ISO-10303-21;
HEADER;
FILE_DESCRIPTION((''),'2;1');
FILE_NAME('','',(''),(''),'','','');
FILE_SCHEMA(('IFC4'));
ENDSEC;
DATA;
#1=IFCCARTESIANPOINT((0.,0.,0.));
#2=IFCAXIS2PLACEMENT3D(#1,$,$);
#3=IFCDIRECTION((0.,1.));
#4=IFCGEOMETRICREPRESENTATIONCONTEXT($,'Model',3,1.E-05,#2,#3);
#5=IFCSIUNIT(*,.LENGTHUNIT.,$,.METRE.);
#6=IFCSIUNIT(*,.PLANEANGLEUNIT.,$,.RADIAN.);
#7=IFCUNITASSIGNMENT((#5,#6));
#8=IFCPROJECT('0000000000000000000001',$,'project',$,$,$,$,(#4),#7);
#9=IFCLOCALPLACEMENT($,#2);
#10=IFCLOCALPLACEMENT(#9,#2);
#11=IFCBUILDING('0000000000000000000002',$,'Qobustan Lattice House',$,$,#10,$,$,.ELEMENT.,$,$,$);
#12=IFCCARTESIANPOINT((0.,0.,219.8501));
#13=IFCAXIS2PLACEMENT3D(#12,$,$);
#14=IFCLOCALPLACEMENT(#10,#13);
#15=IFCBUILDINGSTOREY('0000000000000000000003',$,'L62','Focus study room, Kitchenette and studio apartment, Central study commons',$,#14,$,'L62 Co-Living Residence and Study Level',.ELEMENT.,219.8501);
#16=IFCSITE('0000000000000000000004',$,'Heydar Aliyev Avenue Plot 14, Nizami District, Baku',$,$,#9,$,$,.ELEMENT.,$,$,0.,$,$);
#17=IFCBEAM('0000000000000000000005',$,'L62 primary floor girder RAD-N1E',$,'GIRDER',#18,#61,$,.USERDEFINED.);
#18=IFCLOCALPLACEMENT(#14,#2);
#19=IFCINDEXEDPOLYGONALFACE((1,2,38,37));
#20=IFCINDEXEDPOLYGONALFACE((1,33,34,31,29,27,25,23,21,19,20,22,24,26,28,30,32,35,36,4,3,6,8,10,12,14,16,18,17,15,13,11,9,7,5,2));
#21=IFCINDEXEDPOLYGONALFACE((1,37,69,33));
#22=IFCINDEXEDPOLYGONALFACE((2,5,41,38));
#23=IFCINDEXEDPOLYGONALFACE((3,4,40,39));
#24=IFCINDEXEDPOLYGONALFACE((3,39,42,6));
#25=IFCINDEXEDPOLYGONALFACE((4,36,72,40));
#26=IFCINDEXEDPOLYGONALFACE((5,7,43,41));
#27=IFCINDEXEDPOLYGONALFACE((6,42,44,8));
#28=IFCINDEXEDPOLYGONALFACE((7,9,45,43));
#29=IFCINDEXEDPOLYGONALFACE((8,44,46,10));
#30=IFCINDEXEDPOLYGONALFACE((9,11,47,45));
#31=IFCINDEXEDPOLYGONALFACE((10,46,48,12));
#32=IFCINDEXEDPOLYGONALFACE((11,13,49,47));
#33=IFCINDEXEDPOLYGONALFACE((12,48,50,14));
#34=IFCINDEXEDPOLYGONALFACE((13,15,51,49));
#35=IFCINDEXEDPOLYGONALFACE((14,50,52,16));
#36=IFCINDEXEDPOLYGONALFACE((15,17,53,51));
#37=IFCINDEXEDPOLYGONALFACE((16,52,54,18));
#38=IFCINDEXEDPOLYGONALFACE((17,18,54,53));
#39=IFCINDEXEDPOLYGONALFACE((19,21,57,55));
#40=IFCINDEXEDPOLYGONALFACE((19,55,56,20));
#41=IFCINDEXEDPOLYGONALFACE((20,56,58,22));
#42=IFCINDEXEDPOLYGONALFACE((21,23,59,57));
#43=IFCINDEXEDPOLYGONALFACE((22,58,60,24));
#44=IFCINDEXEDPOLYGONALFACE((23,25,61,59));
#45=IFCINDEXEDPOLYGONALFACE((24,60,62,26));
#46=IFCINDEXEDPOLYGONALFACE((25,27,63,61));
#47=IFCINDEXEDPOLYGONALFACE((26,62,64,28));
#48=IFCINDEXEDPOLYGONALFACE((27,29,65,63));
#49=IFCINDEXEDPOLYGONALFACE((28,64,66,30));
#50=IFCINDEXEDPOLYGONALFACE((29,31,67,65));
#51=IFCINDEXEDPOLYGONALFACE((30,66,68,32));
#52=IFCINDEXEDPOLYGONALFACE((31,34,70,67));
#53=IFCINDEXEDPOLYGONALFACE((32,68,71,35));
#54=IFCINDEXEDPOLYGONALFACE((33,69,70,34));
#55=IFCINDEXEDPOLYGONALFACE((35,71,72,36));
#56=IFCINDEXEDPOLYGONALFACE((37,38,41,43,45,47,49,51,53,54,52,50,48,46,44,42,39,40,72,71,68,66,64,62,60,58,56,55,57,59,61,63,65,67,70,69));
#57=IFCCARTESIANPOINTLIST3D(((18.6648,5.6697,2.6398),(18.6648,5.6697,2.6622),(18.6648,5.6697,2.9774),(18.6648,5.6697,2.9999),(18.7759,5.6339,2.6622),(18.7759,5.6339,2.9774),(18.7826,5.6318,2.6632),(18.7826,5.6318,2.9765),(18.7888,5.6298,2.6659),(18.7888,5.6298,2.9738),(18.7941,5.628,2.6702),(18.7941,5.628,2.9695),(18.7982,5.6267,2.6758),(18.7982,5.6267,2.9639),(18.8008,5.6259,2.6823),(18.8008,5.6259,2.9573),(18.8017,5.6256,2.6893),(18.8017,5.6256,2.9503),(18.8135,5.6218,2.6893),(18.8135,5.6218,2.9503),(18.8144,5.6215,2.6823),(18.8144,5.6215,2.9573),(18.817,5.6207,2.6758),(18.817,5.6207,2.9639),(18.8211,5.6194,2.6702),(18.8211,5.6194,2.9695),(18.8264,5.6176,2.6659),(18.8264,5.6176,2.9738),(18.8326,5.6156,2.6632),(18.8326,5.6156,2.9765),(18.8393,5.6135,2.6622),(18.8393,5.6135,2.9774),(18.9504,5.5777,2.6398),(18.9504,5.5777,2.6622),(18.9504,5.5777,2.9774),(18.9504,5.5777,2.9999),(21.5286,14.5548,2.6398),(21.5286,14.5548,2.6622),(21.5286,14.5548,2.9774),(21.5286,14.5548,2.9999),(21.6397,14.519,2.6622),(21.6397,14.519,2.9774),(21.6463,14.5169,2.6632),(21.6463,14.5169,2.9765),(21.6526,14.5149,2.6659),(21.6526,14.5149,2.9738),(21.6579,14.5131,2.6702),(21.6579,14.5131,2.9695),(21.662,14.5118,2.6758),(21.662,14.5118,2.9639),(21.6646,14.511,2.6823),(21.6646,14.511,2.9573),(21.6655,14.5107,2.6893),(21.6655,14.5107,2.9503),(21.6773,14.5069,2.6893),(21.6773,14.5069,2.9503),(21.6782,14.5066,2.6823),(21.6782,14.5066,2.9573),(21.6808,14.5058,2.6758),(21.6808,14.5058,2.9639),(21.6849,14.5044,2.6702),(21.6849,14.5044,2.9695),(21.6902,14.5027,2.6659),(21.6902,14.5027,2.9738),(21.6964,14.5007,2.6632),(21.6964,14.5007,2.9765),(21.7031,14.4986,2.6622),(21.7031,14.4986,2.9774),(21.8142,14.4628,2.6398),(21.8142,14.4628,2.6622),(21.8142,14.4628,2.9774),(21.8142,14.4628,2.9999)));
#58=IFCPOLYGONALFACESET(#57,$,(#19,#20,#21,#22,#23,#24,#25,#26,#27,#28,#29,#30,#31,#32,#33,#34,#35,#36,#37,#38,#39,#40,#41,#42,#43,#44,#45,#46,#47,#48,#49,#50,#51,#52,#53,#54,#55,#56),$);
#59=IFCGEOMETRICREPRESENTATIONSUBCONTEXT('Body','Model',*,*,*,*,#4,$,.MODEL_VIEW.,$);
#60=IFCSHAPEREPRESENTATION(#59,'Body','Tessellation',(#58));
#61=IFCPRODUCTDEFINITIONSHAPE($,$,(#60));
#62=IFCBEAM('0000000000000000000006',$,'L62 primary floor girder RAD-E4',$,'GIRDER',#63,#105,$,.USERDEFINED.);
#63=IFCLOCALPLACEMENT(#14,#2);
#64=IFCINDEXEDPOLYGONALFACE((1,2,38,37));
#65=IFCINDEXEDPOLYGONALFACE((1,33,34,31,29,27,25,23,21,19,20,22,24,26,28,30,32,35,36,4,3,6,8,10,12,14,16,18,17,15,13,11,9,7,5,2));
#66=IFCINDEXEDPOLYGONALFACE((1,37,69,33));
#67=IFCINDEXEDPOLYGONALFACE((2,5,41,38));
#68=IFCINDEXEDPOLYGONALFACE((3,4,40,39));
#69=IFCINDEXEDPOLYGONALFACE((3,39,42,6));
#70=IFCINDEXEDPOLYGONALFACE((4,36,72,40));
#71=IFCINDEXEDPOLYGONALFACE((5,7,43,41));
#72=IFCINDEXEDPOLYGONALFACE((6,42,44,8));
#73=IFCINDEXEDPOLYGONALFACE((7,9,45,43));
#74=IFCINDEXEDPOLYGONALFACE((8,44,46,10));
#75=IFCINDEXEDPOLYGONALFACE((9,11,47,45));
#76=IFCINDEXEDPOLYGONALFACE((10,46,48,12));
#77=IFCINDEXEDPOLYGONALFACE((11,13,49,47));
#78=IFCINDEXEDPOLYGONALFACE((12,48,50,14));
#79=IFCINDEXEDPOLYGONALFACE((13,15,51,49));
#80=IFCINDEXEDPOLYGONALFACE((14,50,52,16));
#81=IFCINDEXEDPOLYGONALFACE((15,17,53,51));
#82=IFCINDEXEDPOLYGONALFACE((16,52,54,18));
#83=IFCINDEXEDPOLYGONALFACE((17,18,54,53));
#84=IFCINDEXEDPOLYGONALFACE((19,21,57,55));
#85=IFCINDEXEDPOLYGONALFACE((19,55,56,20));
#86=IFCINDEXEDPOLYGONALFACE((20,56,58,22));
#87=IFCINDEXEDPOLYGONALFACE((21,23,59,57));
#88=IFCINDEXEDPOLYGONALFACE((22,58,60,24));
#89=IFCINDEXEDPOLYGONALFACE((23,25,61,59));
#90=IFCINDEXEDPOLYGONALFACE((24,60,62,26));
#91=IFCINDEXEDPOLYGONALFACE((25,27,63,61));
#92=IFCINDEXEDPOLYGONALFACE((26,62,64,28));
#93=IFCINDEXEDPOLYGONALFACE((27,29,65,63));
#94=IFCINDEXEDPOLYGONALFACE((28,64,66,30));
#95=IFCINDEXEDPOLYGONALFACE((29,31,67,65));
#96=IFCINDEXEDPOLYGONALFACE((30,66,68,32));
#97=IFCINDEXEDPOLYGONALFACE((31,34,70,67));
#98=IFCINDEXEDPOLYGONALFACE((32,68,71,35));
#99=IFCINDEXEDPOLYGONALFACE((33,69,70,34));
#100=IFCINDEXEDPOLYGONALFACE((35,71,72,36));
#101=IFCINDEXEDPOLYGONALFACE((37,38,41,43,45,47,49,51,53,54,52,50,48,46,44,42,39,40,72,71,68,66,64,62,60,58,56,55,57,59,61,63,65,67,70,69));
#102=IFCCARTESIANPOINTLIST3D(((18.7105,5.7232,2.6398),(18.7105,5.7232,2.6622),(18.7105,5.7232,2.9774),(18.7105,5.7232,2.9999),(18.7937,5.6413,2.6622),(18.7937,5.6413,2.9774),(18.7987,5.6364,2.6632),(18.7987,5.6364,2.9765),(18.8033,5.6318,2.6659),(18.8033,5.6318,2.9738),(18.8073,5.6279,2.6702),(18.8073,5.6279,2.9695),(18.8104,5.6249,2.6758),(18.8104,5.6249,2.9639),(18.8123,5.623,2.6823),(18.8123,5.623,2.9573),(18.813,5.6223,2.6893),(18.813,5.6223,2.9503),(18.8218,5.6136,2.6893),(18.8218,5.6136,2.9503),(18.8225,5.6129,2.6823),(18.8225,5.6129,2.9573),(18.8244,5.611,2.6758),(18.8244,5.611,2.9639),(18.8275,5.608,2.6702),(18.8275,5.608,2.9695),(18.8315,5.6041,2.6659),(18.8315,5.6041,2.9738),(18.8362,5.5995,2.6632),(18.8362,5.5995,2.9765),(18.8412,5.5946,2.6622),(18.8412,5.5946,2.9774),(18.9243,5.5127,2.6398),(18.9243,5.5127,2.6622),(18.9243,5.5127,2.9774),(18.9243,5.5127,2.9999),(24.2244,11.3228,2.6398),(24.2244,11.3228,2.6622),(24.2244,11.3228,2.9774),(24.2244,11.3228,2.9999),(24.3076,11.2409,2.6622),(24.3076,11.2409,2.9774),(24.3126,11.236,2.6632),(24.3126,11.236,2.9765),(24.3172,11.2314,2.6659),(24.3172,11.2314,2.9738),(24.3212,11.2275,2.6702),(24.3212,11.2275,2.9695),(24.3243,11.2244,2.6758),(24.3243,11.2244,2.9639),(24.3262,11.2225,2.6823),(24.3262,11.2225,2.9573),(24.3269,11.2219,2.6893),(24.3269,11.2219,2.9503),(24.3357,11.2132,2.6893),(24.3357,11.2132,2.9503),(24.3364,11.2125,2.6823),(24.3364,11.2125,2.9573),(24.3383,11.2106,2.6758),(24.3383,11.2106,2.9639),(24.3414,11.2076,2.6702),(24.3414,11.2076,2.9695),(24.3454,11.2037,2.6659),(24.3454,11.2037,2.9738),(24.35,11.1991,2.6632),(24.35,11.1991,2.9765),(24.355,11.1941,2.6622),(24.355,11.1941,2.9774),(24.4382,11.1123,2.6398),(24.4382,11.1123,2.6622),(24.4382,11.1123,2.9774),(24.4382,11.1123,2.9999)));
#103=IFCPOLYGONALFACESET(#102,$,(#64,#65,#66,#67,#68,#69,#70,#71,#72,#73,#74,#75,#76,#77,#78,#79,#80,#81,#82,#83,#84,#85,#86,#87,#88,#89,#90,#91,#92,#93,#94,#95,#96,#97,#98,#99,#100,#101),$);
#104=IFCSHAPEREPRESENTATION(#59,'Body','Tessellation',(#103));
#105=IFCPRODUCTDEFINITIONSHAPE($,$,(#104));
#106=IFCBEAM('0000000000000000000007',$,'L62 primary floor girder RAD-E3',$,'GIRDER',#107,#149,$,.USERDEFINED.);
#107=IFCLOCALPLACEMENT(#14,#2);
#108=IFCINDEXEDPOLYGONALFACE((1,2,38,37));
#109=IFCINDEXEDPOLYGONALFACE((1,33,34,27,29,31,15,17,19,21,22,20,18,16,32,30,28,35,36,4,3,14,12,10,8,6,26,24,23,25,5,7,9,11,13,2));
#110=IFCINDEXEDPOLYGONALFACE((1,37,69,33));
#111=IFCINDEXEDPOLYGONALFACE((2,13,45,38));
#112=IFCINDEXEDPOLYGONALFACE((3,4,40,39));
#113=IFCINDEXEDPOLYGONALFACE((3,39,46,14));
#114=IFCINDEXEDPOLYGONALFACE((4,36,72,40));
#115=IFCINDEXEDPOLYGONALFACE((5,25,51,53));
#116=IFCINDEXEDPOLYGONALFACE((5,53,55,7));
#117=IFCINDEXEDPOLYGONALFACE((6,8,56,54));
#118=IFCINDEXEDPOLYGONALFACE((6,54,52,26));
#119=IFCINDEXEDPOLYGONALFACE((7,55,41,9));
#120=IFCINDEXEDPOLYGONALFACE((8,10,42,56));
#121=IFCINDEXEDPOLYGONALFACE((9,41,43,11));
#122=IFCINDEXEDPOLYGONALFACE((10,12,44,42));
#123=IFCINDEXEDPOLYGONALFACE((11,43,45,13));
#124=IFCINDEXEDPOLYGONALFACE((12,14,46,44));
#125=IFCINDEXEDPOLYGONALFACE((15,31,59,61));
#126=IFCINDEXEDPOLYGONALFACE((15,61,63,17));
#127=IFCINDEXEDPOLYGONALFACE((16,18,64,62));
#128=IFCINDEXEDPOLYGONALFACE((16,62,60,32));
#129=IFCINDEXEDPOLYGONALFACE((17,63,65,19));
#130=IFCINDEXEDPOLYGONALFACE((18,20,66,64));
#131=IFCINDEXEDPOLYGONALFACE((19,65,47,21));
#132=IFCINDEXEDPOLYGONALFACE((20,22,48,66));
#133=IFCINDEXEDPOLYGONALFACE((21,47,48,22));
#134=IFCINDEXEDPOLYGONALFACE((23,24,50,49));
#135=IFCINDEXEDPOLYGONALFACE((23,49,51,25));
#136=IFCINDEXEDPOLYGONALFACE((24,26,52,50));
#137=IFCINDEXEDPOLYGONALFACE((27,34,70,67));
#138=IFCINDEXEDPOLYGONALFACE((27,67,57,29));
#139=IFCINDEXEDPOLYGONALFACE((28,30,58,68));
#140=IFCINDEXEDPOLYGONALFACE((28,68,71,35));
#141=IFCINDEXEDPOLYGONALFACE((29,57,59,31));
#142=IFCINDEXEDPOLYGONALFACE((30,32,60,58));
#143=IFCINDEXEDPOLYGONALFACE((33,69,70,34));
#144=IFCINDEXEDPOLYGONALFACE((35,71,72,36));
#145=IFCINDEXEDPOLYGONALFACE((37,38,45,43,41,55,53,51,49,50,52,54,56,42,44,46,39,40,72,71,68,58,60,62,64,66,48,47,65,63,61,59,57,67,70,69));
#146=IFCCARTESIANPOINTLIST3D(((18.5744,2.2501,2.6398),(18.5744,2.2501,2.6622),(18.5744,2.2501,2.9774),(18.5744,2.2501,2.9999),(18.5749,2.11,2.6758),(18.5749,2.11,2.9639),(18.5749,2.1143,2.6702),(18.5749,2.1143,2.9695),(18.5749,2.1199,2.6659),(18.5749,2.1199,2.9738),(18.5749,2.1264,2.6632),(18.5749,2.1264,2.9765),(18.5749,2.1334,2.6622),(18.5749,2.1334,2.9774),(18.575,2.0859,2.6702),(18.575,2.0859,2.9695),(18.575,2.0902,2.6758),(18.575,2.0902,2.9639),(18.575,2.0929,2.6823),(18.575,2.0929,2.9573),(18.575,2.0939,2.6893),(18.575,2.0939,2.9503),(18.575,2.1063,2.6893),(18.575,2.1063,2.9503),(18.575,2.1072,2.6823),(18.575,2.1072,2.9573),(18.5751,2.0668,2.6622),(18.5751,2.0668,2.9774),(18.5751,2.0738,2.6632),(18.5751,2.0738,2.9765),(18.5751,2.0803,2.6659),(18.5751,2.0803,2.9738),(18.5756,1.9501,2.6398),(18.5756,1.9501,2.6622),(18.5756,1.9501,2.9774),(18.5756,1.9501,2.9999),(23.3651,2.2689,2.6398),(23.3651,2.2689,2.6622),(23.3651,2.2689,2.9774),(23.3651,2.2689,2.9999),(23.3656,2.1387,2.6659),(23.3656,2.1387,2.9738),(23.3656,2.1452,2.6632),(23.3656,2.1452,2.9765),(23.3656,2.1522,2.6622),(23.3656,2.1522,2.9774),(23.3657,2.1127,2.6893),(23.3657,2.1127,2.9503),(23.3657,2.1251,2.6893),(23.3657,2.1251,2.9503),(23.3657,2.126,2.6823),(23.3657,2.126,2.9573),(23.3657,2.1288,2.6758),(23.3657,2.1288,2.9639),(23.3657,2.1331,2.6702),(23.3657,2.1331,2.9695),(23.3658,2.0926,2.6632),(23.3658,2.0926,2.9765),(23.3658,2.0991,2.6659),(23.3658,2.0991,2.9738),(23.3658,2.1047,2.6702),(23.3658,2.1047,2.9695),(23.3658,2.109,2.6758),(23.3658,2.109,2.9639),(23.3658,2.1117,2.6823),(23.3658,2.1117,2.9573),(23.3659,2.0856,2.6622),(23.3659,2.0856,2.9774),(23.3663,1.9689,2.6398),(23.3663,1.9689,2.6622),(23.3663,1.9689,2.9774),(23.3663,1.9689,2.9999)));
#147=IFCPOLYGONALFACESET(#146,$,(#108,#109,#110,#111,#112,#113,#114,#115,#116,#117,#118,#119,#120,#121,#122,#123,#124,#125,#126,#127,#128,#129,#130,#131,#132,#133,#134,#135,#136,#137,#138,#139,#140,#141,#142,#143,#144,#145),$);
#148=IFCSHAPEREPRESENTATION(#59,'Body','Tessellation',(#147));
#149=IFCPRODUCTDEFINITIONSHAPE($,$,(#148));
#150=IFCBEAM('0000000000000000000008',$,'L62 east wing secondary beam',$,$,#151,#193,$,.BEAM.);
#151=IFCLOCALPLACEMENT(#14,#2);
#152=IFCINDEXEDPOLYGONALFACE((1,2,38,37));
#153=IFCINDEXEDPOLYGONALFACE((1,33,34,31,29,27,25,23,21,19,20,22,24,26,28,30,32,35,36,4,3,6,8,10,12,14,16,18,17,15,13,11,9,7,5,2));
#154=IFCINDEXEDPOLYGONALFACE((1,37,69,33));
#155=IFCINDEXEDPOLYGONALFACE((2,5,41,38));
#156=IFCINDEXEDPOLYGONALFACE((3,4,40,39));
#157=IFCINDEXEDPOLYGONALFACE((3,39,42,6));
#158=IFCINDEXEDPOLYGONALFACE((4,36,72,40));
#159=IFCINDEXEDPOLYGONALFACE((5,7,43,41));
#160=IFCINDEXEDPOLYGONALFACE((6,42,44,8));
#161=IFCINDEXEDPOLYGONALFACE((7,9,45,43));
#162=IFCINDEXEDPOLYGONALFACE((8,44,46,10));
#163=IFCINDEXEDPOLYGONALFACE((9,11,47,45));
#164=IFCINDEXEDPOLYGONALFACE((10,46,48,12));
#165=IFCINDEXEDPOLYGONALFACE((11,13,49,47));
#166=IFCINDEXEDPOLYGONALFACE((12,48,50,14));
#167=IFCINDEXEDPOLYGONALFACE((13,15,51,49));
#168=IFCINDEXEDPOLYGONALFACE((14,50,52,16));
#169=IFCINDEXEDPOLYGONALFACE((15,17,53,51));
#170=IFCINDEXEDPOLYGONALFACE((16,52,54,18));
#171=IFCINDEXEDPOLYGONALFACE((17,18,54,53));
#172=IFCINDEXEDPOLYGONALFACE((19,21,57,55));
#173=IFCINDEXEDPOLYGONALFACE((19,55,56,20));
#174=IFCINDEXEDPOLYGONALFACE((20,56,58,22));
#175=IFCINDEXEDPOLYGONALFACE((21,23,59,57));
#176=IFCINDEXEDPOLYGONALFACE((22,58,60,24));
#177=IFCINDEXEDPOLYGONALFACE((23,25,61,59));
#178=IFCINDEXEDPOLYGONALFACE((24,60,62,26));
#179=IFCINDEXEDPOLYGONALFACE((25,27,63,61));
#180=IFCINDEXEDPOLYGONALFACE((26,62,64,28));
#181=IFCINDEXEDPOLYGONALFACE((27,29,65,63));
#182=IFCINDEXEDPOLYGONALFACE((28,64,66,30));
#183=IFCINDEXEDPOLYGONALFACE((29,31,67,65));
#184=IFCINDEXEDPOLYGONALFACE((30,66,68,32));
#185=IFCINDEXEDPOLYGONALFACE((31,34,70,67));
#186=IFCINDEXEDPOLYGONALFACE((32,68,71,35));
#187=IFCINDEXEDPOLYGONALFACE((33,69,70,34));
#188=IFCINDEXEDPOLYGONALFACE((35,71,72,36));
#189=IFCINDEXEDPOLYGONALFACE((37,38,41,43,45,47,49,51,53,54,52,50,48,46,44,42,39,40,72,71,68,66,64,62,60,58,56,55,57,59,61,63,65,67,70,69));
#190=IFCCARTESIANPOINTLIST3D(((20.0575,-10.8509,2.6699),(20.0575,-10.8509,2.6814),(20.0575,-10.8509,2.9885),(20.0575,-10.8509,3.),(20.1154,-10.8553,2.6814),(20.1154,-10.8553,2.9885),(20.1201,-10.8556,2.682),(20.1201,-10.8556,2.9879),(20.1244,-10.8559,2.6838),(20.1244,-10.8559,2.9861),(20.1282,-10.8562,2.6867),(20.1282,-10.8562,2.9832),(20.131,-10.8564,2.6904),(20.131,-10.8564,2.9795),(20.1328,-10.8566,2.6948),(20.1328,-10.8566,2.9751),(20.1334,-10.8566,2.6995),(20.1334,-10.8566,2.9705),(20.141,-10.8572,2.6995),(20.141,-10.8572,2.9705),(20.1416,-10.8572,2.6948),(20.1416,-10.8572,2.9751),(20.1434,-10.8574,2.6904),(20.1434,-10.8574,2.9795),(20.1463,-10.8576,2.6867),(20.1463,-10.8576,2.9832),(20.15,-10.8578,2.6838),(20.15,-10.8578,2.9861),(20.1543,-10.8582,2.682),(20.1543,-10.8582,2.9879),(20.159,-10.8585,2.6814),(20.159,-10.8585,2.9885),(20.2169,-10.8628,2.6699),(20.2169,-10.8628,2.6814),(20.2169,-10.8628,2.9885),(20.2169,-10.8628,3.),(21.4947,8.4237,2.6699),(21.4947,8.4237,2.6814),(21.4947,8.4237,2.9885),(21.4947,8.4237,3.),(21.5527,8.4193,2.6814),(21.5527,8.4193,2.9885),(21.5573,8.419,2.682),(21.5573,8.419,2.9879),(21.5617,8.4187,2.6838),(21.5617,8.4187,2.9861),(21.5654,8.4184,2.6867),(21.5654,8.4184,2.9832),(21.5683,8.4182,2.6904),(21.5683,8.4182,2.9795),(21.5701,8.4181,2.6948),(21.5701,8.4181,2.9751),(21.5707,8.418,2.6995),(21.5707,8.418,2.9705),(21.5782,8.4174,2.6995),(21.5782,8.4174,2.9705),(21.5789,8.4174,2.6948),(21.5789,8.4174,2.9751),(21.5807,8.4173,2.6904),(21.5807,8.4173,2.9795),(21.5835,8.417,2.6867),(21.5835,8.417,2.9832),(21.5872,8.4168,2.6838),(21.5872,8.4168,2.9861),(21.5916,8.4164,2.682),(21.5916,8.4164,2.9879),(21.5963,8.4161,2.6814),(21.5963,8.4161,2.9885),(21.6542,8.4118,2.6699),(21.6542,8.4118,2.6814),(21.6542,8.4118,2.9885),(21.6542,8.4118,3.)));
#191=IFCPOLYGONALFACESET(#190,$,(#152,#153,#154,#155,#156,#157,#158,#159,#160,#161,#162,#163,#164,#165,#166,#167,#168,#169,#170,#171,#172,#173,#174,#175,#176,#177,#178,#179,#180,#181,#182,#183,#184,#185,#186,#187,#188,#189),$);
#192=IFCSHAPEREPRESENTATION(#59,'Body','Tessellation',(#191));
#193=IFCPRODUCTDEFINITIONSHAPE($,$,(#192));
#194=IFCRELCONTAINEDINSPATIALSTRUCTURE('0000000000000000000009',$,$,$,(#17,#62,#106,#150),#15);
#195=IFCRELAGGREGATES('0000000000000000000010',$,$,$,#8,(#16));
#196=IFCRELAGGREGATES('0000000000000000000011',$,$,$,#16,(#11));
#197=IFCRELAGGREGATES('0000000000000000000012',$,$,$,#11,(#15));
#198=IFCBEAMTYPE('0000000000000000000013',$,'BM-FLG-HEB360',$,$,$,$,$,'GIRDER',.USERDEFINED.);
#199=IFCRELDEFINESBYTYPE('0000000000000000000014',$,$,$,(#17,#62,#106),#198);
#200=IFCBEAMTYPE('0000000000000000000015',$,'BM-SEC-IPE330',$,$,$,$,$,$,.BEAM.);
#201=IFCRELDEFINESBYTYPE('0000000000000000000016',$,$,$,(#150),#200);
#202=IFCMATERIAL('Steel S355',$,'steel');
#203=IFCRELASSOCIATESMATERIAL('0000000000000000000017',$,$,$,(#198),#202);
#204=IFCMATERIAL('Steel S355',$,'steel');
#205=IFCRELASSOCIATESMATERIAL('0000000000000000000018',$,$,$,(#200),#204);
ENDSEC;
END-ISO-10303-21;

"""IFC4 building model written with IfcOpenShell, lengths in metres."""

from ifc_helpers import new_model, si_unit, direction, frame, origin, origin_2d, place, context, subcontext, project, spatial, i_section, extrude, material, material_profile, profile_set, type_object, element, save


model = new_model("IFC4")

# Units and contexts
model_context = context("Model", 3, precision=1e-05, world=origin(), true_north=direction((0.0, 1.0)))
body_context = subcontext(model_context, "Body", "Model", "MODEL_VIEW")
ifc_project = project(units=[si_unit("LENGTHUNIT", "METRE"), si_unit("PLANEANGLEUNIT", "RADIAN")], contexts=[model_context])

# Site, building, storey
site_placement = place(None, origin())
site = spatial("IfcSite", under=ifc_project, at=site_placement, Name="Heydar Aliyev Avenue Plot 14, Nizami District, Baku", CompositionType="ELEMENT", RefElevation=0.0)
building_placement = place(site_placement, origin())
building = spatial("IfcBuilding", under=site, at=building_placement, Name="Qobustan Lattice House", CompositionType="ELEMENT")
storey_placement = place(building_placement, frame((0.0, 0.0, 219.8501)))
storey = spatial("IfcBuildingStorey", under=building, at=storey_placement, Name="L62", Description="Focus study room, Kitchenette and studio apartment, Central study commons", LongName="L62 Co-Living Residence and Study Level", CompositionType="ELEMENT", Elevation=219.8501)

# Beams
ifc_material_1 = material(Name="Steel S355", Category="steel")
ifc_material_profile_1 = material_profile(ifc_material_1, i_section(OverallWidth=0.3, OverallDepth=0.3601, WebThickness=0.0125, FlangeThickness=0.0225, FilletRadius=0.0271, at=origin_2d()), Name="HEB360")
ifc_profile_set_1 = profile_set([ifc_material_profile_1], Name="Steel S355")
beam_type_1 = type_object("IfcBeamType", Name="BM-FLG-HEB360", ElementType="GIRDER", PredefinedType="USERDEFINED", material=ifc_profile_set_1)
beam_1_placement = place(storey_placement, frame((21.6714, 14.5088, 2.8198), z_axis=(-0.306774, -0.951783, 0.0), x_axis=(0.951783, -0.306774, 0.0)))
element("IfcBeam", 1, at=beam_1_placement, inside=storey, type_object=beam_type_1, Name="L62 primary floor girder RAD-N1E", ObjectType="GIRDER", PredefinedType="USERDEFINED", context=body_context, shape_type="SweptSolid", body=[
    extrude(i_section(OverallWidth=0.3, OverallDepth=0.3601, WebThickness=0.0125, FlangeThickness=0.0225, FilletRadius=0.0271, at=origin_2d()), origin(), (0.0, 0.0, 1.0), 9.3352),
])
beam_2_placement = place(storey_placement, frame((24.3313, 11.2175, 2.8198), z_axis=(-0.701634, -0.712538, 0.0), x_axis=(0.712538, -0.701634, 0.0)))
element("IfcBeam", 2, at=beam_2_placement, inside=storey, type_object=beam_type_1, Name="L62 primary floor girder RAD-E4", ObjectType="GIRDER", PredefinedType="USERDEFINED", context=body_context, shape_type="SweptSolid", body=[
    extrude(i_section(OverallWidth=0.3, OverallDepth=0.3601, WebThickness=0.0125, FlangeThickness=0.0225, FilletRadius=0.0271, at=origin_2d()), origin(), (0.0, 0.0, 1.0), 7.8586),
])
beam_3_placement = place(storey_placement, frame((23.3657, 2.1189, 2.8198), z_axis=(-0.999992, -0.003924, 0.0), x_axis=(0.003924, -0.999992, 0.0)))
element("IfcBeam", 3, at=beam_3_placement, inside=storey, type_object=beam_type_1, Name="L62 primary floor girder RAD-E3", ObjectType="GIRDER", PredefinedType="USERDEFINED", context=body_context, shape_type="SweptSolid", body=[
    extrude(i_section(OverallWidth=0.3, OverallDepth=0.3601, WebThickness=0.0125, FlangeThickness=0.0225, FilletRadius=0.0271, at=origin_2d()), origin(), (0.0, 0.0, 1.0), 4.7908),
])
ifc_material_2 = material(Name="Steel S355", Category="steel")
ifc_material_profile_2 = material_profile(ifc_material_2, i_section(OverallWidth=0.1599, OverallDepth=0.3301, WebThickness=0.0076, FlangeThickness=0.0115, FilletRadius=0.0181, at=origin_2d()), Name="IPE330")
ifc_profile_set_2 = profile_set([ifc_material_profile_2], Name="Steel S355")
beam_type_2 = type_object("IfcBeamType", Name="BM-SEC-IPE330", PredefinedType="BEAM", material=ifc_profile_set_2)
beam_4_placement = place(storey_placement, frame((21.5745, 8.4177, 2.835), z_axis=(-0.074361, -0.997231, 0.0), x_axis=(0.997231, -0.074361, 0.0)))
element("IfcBeam", 4, at=beam_4_placement, inside=storey, type_object=beam_type_2, Name="L62 east wing secondary beam", PredefinedType="BEAM", context=body_context, shape_type="SweptSolid", body=[
    extrude(i_section(OverallWidth=0.1599, OverallDepth=0.3301, WebThickness=0.0076, FlangeThickness=0.0115, FilletRadius=0.0181, at=origin_2d()), origin(), (0.0, 0.0, 1.0), 19.3281),
])

save(model, "model.ifc")
